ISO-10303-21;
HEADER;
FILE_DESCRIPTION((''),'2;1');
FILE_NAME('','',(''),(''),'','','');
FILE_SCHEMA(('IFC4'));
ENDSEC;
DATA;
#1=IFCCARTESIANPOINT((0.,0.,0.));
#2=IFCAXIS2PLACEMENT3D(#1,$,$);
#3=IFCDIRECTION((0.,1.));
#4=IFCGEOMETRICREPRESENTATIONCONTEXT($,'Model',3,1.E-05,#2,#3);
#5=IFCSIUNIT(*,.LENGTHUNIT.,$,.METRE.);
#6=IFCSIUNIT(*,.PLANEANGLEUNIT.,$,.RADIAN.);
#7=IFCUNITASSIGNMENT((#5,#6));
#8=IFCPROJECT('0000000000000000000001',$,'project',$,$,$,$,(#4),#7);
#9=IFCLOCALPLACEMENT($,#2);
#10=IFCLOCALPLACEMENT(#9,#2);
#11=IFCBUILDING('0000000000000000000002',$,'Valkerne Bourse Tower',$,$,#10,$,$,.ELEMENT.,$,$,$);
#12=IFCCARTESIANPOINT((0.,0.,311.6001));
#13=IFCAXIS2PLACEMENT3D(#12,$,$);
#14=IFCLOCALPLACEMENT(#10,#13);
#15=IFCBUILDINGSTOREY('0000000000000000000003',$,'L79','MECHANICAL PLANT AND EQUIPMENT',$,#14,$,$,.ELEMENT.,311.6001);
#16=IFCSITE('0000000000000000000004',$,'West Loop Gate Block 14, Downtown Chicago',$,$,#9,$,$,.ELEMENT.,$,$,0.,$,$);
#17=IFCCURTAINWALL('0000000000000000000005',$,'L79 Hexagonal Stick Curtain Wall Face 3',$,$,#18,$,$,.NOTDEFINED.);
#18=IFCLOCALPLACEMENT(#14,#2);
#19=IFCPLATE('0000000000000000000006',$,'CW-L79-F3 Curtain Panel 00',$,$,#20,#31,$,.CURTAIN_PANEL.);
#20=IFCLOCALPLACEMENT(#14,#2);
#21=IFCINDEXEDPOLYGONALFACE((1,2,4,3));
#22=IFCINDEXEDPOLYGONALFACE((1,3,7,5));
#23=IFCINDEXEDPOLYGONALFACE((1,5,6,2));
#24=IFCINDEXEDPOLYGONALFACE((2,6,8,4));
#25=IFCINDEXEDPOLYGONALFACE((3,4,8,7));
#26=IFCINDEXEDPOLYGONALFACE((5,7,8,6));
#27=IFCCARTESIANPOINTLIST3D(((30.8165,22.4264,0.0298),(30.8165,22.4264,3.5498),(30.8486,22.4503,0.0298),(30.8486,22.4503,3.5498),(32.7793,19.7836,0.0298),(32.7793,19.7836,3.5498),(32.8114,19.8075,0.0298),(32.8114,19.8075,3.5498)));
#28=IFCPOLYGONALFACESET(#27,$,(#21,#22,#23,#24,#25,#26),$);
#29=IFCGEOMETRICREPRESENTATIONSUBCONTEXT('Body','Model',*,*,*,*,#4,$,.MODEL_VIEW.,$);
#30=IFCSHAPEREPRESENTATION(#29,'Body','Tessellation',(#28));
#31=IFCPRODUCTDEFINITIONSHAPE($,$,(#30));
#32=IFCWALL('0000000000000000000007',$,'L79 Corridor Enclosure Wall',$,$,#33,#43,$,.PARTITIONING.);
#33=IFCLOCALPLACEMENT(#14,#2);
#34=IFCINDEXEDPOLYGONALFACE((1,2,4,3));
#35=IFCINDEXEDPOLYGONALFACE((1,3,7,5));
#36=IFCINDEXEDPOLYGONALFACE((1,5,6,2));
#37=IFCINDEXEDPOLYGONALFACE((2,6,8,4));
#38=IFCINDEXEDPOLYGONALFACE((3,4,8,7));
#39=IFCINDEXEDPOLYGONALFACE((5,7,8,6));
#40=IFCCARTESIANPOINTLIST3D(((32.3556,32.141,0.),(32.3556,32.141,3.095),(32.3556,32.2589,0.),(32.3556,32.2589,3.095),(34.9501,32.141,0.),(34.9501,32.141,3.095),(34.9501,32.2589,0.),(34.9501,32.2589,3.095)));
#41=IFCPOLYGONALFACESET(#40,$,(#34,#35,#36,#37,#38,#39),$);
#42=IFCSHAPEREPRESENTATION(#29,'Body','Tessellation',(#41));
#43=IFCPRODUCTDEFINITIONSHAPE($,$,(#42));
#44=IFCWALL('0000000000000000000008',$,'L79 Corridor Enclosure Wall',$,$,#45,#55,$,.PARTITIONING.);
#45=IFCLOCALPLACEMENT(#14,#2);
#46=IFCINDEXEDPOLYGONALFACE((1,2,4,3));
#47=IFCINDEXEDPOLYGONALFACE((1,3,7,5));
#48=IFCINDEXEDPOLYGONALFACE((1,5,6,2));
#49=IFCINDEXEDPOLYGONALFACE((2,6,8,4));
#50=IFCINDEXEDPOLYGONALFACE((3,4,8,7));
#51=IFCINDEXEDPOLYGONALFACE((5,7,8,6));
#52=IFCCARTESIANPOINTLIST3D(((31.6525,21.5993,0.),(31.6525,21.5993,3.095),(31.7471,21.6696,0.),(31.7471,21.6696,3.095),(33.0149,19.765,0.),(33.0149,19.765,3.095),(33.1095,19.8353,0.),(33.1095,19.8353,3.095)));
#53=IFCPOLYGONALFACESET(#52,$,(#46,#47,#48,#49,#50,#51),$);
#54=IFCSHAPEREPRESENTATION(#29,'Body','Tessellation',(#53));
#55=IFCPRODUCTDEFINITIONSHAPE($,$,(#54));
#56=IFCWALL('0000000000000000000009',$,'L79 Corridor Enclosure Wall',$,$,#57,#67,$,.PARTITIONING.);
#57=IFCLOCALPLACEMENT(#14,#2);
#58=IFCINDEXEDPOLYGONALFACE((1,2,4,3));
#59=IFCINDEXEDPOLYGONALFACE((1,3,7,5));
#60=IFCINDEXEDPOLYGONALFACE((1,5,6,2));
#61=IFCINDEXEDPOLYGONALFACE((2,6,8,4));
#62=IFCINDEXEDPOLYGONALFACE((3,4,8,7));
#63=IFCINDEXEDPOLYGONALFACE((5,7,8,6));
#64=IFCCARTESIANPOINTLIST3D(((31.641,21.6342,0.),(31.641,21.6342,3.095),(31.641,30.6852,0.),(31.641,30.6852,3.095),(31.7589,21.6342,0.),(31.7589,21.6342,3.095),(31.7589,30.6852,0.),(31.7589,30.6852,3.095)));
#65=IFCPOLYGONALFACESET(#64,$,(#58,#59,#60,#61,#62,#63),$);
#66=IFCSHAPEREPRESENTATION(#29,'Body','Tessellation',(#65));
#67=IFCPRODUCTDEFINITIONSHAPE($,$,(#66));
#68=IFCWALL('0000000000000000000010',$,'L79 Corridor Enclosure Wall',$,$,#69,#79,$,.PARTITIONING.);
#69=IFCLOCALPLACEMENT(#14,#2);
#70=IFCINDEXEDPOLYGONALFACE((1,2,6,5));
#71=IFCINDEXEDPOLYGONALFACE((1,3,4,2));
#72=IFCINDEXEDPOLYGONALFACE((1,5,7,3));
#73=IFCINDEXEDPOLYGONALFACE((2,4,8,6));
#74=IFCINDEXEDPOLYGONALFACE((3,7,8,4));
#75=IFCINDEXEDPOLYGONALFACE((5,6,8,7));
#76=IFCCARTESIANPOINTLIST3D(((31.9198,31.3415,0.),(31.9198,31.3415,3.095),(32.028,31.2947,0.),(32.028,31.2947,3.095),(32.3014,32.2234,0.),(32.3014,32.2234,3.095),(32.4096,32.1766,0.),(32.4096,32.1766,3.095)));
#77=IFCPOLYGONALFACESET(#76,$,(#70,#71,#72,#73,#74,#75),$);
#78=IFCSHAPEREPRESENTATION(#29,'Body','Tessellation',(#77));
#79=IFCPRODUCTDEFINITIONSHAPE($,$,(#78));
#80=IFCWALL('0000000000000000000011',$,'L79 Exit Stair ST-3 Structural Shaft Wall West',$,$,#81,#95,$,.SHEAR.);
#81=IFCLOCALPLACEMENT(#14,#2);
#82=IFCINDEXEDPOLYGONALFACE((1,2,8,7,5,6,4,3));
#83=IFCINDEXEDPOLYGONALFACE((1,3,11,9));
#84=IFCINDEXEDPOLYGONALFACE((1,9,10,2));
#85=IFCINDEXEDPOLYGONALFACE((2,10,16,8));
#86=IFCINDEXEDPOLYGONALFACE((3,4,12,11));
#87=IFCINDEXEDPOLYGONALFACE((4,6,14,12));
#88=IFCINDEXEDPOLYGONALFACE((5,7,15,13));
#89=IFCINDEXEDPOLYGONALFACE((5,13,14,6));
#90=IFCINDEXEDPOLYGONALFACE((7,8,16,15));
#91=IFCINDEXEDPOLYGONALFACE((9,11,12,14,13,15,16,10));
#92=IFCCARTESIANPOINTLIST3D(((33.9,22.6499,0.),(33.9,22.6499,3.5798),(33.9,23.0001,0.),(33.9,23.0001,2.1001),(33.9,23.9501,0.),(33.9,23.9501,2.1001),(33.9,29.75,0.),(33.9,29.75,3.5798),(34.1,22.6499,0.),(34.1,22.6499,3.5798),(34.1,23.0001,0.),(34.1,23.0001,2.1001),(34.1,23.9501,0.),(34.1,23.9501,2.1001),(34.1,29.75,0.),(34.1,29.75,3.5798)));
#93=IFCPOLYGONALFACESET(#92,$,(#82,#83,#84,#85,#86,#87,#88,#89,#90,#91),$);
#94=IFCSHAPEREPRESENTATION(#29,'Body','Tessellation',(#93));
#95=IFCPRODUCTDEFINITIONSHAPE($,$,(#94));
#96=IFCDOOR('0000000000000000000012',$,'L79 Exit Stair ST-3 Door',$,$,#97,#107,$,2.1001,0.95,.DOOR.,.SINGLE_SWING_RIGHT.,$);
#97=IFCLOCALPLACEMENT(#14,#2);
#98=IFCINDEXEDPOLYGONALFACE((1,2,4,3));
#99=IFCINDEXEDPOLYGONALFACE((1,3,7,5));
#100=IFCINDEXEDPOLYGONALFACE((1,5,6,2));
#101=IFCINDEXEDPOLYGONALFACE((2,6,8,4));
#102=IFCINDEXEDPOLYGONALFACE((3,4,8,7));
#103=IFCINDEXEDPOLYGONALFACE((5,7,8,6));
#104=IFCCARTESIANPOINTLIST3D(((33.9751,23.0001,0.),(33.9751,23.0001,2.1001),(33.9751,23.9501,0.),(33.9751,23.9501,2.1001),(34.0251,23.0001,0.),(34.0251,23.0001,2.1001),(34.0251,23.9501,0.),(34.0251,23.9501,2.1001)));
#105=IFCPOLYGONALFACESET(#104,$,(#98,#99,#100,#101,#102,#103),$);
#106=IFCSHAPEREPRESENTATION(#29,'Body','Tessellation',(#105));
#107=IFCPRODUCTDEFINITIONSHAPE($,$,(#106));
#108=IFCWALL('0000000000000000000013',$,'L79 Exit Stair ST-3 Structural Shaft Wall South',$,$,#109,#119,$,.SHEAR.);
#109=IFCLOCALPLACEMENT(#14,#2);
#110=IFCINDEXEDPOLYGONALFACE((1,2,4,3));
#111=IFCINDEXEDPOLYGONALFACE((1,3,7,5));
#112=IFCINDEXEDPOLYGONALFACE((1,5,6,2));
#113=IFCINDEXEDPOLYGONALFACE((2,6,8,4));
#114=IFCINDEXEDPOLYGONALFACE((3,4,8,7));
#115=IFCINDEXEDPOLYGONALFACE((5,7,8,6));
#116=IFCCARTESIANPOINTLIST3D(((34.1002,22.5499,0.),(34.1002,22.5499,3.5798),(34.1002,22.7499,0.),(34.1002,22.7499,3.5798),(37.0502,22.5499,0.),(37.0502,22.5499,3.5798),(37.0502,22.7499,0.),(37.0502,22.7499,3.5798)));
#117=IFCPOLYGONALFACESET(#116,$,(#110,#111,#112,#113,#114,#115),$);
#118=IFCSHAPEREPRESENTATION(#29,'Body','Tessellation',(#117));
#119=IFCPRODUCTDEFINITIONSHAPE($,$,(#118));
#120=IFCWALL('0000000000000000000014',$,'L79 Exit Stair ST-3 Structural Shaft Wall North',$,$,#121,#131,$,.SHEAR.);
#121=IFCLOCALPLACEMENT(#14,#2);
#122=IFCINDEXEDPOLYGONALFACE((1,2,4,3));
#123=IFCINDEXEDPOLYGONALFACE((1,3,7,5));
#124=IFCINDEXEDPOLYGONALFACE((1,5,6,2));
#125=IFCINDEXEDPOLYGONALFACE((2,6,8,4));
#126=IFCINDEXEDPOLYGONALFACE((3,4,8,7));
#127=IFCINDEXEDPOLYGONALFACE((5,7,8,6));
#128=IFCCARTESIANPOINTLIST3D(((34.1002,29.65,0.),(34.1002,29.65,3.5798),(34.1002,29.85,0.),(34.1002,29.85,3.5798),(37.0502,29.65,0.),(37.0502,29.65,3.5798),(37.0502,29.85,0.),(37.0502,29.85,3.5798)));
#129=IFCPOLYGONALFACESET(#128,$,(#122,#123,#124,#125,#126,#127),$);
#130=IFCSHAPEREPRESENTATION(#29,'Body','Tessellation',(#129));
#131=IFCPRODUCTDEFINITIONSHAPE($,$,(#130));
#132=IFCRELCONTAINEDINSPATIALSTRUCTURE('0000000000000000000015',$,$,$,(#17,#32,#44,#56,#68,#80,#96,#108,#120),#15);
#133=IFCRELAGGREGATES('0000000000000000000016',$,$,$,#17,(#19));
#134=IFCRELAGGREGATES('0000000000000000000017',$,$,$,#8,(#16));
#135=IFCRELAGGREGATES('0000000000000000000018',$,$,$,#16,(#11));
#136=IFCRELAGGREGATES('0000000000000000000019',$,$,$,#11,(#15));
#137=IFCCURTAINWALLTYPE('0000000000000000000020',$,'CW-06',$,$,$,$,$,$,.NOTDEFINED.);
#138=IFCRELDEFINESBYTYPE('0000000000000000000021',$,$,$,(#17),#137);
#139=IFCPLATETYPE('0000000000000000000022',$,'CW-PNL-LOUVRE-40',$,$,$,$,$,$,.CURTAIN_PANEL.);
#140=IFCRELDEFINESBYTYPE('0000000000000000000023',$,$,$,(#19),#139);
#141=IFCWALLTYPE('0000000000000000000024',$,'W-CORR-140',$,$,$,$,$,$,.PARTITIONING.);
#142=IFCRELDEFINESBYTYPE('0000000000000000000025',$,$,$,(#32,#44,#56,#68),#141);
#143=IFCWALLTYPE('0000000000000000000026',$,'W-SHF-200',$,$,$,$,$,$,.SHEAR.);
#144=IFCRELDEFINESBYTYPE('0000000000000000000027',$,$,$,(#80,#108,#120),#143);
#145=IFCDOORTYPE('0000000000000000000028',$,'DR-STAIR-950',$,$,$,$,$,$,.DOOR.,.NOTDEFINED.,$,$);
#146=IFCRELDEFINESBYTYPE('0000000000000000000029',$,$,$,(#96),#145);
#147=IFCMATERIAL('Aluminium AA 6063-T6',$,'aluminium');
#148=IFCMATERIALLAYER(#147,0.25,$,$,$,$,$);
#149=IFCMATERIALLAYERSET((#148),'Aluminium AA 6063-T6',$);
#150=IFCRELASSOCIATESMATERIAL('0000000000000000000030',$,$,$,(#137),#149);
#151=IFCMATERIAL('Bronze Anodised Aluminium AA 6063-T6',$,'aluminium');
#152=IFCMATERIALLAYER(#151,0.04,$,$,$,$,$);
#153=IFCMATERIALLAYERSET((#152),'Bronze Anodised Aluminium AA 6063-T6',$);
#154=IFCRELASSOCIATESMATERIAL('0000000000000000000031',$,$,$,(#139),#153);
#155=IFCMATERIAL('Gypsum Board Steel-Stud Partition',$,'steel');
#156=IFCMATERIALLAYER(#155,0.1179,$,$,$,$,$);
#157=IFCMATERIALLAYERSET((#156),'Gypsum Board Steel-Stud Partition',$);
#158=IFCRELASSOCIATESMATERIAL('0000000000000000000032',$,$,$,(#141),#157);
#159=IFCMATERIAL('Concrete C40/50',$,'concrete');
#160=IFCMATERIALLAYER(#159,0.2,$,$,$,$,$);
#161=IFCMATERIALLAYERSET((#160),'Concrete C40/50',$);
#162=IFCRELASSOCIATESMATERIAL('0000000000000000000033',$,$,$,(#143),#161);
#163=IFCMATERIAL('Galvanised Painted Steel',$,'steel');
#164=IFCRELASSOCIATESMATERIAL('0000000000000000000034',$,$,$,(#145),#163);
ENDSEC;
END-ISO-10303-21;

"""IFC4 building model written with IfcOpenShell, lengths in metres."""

from ifc_helpers import new_model, si_unit, direction, frame, frame_2d, origin, origin_2d, place, context, subcontext, project, spatial, rectangle, extrude, material, layer, layer_set, type_object, element, fill, aggregate, save


model = new_model("IFC4")

# Units and contexts
model_context = context("Model", 3, precision=1e-05, world=origin(), true_north=direction((0.0, 1.0)))
body_context = subcontext(model_context, "Body", "Model", "MODEL_VIEW")
ifc_project = project(units=[si_unit("LENGTHUNIT", "METRE"), si_unit("PLANEANGLEUNIT", "RADIAN")], contexts=[model_context])

# Site, building, storey
site_placement = place(None, origin())
site = spatial("IfcSite", under=ifc_project, at=site_placement, Name="West Loop Gate Block 14, Downtown Chicago", CompositionType="ELEMENT", RefElevation=0.0)
building_placement = place(site_placement, origin())
building = spatial("IfcBuilding", under=site, at=building_placement, Name="Valkerne Bourse Tower", CompositionType="ELEMENT")
storey_placement = place(building_placement, frame((0.0, 0.0, 311.6001)))
storey = spatial("IfcBuildingStorey", under=building, at=storey_placement, Name="L79", Description="MECHANICAL PLANT AND EQUIPMENT", CompositionType="ELEMENT", Elevation=311.6001)

# Curtain wall
ifc_material_1 = material(Name="Aluminium AA 6063-T6", Category="aluminium")
ifc_layer_1 = layer(ifc_material_1, 0.25)
ifc_layer_set_1 = layer_set([ifc_layer_1], Name="Aluminium AA 6063-T6")
curtain_wall_type = type_object("IfcCurtainWallType", Name="CW-06", PredefinedType="NOTDEFINED", material=ifc_layer_set_1)
curtain_wall_1_placement = place(storey_placement, origin())
curtain_wall_1 = element("IfcCurtainWall", 1, at=curtain_wall_1_placement, inside=storey, type_object=curtain_wall_type, Name="L79 Hexagonal Stick Curtain Wall Face 3", PredefinedType="NOTDEFINED")

# Plate
ifc_material_2 = material(Name="Bronze Anodised Aluminium AA 6063-T6", Category="aluminium")
ifc_layer_2 = layer(ifc_material_2, 0.04)
ifc_layer_set_2 = layer_set([ifc_layer_2], Name="Bronze Anodised Aluminium AA 6063-T6")
plate_type = type_object("IfcPlateType", Name="CW-PNL-LOUVRE-40", PredefinedType="CURTAIN_PANEL", material=ifc_layer_set_2)
plate_1_placement = place(storey_placement, frame((31.814, 21.1169, 0.0298), z_axis=(0.0, 0.0, 1.0), x_axis=(0.596233, -0.802812, 0.0)))
plate_1 = element("IfcPlate", 2, at=plate_1_placement, type_object=plate_type, Name="CW-L79-F3 Curtain Panel 00", PredefinedType="CURTAIN_PANEL", context=body_context, shape_type="SweptSolid", body=[
    extrude(rectangle(XDim=3.292, YDim=0.04, at=origin_2d()), origin(), (0.0, 0.0, 1.0), 3.52),
])
aggregate(curtain_wall_1, [plate_1])

# Walls
ifc_material_3 = material(Name="Gypsum Board Steel-Stud Partition", Category="steel")
ifc_layer_3 = layer(ifc_material_3, 0.1179)
ifc_layer_set_3 = layer_set([ifc_layer_3], Name="Gypsum Board Steel-Stud Partition")
wall_type_1 = type_object("IfcWallType", Name="W-CORR-140", PredefinedType="PARTITIONING", material=ifc_layer_set_3)
wall_1_placement = place(storey_placement, frame((32.3555, 32.2, 0.0), z_axis=(0.0, 0.0, 1.0), x_axis=(1.0, 0.0, 0.0)))
element("IfcWall", 3, at=wall_1_placement, inside=storey, type_object=wall_type_1, Name="L79 Corridor Enclosure Wall", PredefinedType="PARTITIONING", context=body_context, shape_type="SweptSolid", body=[
    extrude(rectangle(XDim=2.5945, YDim=0.1179, at=frame_2d((1.2974, 0.0))), origin(), (0.0, 0.0, 1.0), 3.095),
])
wall_2_placement = place(storey_placement, frame((33.0623, 19.8, 0.0), z_axis=(0.0, 0.0, 1.0), x_axis=(-0.596249, 0.802799, 0.0)))
element("IfcWall", 4, at=wall_2_placement, inside=storey, type_object=wall_type_1, Name="L79 Corridor Enclosure Wall", PredefinedType="PARTITIONING", context=body_context, shape_type="SweptSolid", body=[
    extrude(rectangle(XDim=2.2849, YDim=0.1179, at=frame_2d((1.1426, 0.0))), origin(), (0.0, 0.0, 1.0), 3.095),
])
wall_3_placement = place(storey_placement, frame((31.7, 21.6343, 0.0), z_axis=(0.0, 0.0, 1.0), x_axis=(0.0, 1.0, 0.0)))
element("IfcWall", 5, at=wall_3_placement, inside=storey, type_object=wall_type_1, Name="L79 Corridor Enclosure Wall", PredefinedType="PARTITIONING", context=body_context, shape_type="SweptSolid", body=[
    extrude(rectangle(XDim=9.051, YDim=0.1179, at=frame_2d((4.5254, 0.0))), origin(), (0.0, 0.0, 1.0), 3.095),
])
wall_4_placement = place(storey_placement, frame((31.9739, 31.3181, 0.0), z_axis=(0.0, 0.0, 1.0), x_axis=(0.397137, 0.917759, 0.0)))
element("IfcWall", 6, at=wall_4_placement, inside=storey, type_object=wall_type_1, Name="L79 Corridor Enclosure Wall", PredefinedType="PARTITIONING", context=body_context, shape_type="SweptSolid", body=[
    extrude(rectangle(XDim=0.9609, YDim=0.1179, at=frame_2d((0.4805, 0.0))), origin(), (0.0, 0.0, 1.0), 3.095),
])

# Wall, opening, door
ifc_material_4 = material(Name="Concrete C40/50", Category="concrete")
ifc_layer_4 = layer(ifc_material_4, 0.2)
ifc_layer_set_4 = layer_set([ifc_layer_4], Name="Concrete C40/50")
wall_type_2 = type_object("IfcWallType", Name="W-SHF-200", PredefinedType="SHEAR", material=ifc_layer_set_4)
wall_5_placement = place(storey_placement, frame((34.0, 22.6499, 0.0), z_axis=(0.0, 0.0, 1.0), x_axis=(0.0, 1.0, 0.0)))
wall_5 = element("IfcWall", 7, at=wall_5_placement, inside=storey, type_object=wall_type_2, Name="L79 Exit Stair ST-3 Structural Shaft Wall West", PredefinedType="SHEAR", context=body_context, shape_type="SweptSolid", body=[
    extrude(rectangle(XDim=7.1001, YDim=0.2, at=frame_2d((3.55, 0.0))), origin(), (0.0, 0.0, 1.0), 3.5798),
])
opening_placement = place(wall_5_placement, frame((0.3501, 0.0, 0.0)))
opening = element("IfcOpeningElement", 8, at=opening_placement, cuts=wall_5, PredefinedType="OPENING", context=body_context, shape_type="SweptSolid", body=[
    extrude(rectangle(XDim=0.95, YDim=2.1001, at=frame_2d((0.4751, 1.05))), frame((0.0, 0.1099, 0.0), z_axis=(0.0, -1.0, 0.0), x_axis=(1.0, 0.0, 0.0)), (0.0, 0.0, 1.0), 0.22),
])
ifc_material_5 = material(Name="Galvanised Painted Steel", Category="steel")
door_type = type_object("IfcDoorType", Name="DR-STAIR-950", OperationType="NOTDEFINED", PredefinedType="DOOR", material=ifc_material_5)
door_placement = place(opening_placement, origin())
door = element("IfcDoor", 9, at=door_placement, inside=storey, type_object=door_type, Name="L79 Exit Stair ST-3 Door", OperationType="SINGLE_SWING_RIGHT", OverallHeight=2.1001, OverallWidth=0.95, PredefinedType="DOOR", context=body_context, shape_type="SweptSolid", body=[
    extrude(rectangle(XDim=0.95, YDim=2.1001, at=frame_2d((0.4751, 1.05))), frame((0.0, 0.0249, 0.0), z_axis=(0.0, -1.0, 0.0), x_axis=(1.0, 0.0, 0.0)), (0.0, 0.0, 1.0), 0.05),
])
fill(opening, door)

# Walls
for number, where, z_axis, x_axis, name in (
    (10, (34.1001, 22.6499, 0.0), (0.0, 0.0, 1.0), (1.0, 0.0, 0.0), "L79 Exit Stair ST-3 Structural Shaft Wall South"),
    (11, (34.1001, 29.75, 0.0), (0.0, 0.0, 1.0), (1.0, 0.0, 0.0), "L79 Exit Stair ST-3 Structural Shaft Wall North"),
):
    element("IfcWall", number, at=place(storey_placement, frame(where, z_axis=z_axis, x_axis=x_axis)), inside=storey, type_object=wall_type_2, Name=name, PredefinedType="SHEAR", context=body_context, shape_type="SweptSolid", body=[
        extrude(rectangle(XDim=2.95, YDim=0.2, at=frame_2d((1.4751, 0.0))), origin(), (0.0, 0.0, 1.0), 3.5798),
    ])

save(model, "model.ifc")
